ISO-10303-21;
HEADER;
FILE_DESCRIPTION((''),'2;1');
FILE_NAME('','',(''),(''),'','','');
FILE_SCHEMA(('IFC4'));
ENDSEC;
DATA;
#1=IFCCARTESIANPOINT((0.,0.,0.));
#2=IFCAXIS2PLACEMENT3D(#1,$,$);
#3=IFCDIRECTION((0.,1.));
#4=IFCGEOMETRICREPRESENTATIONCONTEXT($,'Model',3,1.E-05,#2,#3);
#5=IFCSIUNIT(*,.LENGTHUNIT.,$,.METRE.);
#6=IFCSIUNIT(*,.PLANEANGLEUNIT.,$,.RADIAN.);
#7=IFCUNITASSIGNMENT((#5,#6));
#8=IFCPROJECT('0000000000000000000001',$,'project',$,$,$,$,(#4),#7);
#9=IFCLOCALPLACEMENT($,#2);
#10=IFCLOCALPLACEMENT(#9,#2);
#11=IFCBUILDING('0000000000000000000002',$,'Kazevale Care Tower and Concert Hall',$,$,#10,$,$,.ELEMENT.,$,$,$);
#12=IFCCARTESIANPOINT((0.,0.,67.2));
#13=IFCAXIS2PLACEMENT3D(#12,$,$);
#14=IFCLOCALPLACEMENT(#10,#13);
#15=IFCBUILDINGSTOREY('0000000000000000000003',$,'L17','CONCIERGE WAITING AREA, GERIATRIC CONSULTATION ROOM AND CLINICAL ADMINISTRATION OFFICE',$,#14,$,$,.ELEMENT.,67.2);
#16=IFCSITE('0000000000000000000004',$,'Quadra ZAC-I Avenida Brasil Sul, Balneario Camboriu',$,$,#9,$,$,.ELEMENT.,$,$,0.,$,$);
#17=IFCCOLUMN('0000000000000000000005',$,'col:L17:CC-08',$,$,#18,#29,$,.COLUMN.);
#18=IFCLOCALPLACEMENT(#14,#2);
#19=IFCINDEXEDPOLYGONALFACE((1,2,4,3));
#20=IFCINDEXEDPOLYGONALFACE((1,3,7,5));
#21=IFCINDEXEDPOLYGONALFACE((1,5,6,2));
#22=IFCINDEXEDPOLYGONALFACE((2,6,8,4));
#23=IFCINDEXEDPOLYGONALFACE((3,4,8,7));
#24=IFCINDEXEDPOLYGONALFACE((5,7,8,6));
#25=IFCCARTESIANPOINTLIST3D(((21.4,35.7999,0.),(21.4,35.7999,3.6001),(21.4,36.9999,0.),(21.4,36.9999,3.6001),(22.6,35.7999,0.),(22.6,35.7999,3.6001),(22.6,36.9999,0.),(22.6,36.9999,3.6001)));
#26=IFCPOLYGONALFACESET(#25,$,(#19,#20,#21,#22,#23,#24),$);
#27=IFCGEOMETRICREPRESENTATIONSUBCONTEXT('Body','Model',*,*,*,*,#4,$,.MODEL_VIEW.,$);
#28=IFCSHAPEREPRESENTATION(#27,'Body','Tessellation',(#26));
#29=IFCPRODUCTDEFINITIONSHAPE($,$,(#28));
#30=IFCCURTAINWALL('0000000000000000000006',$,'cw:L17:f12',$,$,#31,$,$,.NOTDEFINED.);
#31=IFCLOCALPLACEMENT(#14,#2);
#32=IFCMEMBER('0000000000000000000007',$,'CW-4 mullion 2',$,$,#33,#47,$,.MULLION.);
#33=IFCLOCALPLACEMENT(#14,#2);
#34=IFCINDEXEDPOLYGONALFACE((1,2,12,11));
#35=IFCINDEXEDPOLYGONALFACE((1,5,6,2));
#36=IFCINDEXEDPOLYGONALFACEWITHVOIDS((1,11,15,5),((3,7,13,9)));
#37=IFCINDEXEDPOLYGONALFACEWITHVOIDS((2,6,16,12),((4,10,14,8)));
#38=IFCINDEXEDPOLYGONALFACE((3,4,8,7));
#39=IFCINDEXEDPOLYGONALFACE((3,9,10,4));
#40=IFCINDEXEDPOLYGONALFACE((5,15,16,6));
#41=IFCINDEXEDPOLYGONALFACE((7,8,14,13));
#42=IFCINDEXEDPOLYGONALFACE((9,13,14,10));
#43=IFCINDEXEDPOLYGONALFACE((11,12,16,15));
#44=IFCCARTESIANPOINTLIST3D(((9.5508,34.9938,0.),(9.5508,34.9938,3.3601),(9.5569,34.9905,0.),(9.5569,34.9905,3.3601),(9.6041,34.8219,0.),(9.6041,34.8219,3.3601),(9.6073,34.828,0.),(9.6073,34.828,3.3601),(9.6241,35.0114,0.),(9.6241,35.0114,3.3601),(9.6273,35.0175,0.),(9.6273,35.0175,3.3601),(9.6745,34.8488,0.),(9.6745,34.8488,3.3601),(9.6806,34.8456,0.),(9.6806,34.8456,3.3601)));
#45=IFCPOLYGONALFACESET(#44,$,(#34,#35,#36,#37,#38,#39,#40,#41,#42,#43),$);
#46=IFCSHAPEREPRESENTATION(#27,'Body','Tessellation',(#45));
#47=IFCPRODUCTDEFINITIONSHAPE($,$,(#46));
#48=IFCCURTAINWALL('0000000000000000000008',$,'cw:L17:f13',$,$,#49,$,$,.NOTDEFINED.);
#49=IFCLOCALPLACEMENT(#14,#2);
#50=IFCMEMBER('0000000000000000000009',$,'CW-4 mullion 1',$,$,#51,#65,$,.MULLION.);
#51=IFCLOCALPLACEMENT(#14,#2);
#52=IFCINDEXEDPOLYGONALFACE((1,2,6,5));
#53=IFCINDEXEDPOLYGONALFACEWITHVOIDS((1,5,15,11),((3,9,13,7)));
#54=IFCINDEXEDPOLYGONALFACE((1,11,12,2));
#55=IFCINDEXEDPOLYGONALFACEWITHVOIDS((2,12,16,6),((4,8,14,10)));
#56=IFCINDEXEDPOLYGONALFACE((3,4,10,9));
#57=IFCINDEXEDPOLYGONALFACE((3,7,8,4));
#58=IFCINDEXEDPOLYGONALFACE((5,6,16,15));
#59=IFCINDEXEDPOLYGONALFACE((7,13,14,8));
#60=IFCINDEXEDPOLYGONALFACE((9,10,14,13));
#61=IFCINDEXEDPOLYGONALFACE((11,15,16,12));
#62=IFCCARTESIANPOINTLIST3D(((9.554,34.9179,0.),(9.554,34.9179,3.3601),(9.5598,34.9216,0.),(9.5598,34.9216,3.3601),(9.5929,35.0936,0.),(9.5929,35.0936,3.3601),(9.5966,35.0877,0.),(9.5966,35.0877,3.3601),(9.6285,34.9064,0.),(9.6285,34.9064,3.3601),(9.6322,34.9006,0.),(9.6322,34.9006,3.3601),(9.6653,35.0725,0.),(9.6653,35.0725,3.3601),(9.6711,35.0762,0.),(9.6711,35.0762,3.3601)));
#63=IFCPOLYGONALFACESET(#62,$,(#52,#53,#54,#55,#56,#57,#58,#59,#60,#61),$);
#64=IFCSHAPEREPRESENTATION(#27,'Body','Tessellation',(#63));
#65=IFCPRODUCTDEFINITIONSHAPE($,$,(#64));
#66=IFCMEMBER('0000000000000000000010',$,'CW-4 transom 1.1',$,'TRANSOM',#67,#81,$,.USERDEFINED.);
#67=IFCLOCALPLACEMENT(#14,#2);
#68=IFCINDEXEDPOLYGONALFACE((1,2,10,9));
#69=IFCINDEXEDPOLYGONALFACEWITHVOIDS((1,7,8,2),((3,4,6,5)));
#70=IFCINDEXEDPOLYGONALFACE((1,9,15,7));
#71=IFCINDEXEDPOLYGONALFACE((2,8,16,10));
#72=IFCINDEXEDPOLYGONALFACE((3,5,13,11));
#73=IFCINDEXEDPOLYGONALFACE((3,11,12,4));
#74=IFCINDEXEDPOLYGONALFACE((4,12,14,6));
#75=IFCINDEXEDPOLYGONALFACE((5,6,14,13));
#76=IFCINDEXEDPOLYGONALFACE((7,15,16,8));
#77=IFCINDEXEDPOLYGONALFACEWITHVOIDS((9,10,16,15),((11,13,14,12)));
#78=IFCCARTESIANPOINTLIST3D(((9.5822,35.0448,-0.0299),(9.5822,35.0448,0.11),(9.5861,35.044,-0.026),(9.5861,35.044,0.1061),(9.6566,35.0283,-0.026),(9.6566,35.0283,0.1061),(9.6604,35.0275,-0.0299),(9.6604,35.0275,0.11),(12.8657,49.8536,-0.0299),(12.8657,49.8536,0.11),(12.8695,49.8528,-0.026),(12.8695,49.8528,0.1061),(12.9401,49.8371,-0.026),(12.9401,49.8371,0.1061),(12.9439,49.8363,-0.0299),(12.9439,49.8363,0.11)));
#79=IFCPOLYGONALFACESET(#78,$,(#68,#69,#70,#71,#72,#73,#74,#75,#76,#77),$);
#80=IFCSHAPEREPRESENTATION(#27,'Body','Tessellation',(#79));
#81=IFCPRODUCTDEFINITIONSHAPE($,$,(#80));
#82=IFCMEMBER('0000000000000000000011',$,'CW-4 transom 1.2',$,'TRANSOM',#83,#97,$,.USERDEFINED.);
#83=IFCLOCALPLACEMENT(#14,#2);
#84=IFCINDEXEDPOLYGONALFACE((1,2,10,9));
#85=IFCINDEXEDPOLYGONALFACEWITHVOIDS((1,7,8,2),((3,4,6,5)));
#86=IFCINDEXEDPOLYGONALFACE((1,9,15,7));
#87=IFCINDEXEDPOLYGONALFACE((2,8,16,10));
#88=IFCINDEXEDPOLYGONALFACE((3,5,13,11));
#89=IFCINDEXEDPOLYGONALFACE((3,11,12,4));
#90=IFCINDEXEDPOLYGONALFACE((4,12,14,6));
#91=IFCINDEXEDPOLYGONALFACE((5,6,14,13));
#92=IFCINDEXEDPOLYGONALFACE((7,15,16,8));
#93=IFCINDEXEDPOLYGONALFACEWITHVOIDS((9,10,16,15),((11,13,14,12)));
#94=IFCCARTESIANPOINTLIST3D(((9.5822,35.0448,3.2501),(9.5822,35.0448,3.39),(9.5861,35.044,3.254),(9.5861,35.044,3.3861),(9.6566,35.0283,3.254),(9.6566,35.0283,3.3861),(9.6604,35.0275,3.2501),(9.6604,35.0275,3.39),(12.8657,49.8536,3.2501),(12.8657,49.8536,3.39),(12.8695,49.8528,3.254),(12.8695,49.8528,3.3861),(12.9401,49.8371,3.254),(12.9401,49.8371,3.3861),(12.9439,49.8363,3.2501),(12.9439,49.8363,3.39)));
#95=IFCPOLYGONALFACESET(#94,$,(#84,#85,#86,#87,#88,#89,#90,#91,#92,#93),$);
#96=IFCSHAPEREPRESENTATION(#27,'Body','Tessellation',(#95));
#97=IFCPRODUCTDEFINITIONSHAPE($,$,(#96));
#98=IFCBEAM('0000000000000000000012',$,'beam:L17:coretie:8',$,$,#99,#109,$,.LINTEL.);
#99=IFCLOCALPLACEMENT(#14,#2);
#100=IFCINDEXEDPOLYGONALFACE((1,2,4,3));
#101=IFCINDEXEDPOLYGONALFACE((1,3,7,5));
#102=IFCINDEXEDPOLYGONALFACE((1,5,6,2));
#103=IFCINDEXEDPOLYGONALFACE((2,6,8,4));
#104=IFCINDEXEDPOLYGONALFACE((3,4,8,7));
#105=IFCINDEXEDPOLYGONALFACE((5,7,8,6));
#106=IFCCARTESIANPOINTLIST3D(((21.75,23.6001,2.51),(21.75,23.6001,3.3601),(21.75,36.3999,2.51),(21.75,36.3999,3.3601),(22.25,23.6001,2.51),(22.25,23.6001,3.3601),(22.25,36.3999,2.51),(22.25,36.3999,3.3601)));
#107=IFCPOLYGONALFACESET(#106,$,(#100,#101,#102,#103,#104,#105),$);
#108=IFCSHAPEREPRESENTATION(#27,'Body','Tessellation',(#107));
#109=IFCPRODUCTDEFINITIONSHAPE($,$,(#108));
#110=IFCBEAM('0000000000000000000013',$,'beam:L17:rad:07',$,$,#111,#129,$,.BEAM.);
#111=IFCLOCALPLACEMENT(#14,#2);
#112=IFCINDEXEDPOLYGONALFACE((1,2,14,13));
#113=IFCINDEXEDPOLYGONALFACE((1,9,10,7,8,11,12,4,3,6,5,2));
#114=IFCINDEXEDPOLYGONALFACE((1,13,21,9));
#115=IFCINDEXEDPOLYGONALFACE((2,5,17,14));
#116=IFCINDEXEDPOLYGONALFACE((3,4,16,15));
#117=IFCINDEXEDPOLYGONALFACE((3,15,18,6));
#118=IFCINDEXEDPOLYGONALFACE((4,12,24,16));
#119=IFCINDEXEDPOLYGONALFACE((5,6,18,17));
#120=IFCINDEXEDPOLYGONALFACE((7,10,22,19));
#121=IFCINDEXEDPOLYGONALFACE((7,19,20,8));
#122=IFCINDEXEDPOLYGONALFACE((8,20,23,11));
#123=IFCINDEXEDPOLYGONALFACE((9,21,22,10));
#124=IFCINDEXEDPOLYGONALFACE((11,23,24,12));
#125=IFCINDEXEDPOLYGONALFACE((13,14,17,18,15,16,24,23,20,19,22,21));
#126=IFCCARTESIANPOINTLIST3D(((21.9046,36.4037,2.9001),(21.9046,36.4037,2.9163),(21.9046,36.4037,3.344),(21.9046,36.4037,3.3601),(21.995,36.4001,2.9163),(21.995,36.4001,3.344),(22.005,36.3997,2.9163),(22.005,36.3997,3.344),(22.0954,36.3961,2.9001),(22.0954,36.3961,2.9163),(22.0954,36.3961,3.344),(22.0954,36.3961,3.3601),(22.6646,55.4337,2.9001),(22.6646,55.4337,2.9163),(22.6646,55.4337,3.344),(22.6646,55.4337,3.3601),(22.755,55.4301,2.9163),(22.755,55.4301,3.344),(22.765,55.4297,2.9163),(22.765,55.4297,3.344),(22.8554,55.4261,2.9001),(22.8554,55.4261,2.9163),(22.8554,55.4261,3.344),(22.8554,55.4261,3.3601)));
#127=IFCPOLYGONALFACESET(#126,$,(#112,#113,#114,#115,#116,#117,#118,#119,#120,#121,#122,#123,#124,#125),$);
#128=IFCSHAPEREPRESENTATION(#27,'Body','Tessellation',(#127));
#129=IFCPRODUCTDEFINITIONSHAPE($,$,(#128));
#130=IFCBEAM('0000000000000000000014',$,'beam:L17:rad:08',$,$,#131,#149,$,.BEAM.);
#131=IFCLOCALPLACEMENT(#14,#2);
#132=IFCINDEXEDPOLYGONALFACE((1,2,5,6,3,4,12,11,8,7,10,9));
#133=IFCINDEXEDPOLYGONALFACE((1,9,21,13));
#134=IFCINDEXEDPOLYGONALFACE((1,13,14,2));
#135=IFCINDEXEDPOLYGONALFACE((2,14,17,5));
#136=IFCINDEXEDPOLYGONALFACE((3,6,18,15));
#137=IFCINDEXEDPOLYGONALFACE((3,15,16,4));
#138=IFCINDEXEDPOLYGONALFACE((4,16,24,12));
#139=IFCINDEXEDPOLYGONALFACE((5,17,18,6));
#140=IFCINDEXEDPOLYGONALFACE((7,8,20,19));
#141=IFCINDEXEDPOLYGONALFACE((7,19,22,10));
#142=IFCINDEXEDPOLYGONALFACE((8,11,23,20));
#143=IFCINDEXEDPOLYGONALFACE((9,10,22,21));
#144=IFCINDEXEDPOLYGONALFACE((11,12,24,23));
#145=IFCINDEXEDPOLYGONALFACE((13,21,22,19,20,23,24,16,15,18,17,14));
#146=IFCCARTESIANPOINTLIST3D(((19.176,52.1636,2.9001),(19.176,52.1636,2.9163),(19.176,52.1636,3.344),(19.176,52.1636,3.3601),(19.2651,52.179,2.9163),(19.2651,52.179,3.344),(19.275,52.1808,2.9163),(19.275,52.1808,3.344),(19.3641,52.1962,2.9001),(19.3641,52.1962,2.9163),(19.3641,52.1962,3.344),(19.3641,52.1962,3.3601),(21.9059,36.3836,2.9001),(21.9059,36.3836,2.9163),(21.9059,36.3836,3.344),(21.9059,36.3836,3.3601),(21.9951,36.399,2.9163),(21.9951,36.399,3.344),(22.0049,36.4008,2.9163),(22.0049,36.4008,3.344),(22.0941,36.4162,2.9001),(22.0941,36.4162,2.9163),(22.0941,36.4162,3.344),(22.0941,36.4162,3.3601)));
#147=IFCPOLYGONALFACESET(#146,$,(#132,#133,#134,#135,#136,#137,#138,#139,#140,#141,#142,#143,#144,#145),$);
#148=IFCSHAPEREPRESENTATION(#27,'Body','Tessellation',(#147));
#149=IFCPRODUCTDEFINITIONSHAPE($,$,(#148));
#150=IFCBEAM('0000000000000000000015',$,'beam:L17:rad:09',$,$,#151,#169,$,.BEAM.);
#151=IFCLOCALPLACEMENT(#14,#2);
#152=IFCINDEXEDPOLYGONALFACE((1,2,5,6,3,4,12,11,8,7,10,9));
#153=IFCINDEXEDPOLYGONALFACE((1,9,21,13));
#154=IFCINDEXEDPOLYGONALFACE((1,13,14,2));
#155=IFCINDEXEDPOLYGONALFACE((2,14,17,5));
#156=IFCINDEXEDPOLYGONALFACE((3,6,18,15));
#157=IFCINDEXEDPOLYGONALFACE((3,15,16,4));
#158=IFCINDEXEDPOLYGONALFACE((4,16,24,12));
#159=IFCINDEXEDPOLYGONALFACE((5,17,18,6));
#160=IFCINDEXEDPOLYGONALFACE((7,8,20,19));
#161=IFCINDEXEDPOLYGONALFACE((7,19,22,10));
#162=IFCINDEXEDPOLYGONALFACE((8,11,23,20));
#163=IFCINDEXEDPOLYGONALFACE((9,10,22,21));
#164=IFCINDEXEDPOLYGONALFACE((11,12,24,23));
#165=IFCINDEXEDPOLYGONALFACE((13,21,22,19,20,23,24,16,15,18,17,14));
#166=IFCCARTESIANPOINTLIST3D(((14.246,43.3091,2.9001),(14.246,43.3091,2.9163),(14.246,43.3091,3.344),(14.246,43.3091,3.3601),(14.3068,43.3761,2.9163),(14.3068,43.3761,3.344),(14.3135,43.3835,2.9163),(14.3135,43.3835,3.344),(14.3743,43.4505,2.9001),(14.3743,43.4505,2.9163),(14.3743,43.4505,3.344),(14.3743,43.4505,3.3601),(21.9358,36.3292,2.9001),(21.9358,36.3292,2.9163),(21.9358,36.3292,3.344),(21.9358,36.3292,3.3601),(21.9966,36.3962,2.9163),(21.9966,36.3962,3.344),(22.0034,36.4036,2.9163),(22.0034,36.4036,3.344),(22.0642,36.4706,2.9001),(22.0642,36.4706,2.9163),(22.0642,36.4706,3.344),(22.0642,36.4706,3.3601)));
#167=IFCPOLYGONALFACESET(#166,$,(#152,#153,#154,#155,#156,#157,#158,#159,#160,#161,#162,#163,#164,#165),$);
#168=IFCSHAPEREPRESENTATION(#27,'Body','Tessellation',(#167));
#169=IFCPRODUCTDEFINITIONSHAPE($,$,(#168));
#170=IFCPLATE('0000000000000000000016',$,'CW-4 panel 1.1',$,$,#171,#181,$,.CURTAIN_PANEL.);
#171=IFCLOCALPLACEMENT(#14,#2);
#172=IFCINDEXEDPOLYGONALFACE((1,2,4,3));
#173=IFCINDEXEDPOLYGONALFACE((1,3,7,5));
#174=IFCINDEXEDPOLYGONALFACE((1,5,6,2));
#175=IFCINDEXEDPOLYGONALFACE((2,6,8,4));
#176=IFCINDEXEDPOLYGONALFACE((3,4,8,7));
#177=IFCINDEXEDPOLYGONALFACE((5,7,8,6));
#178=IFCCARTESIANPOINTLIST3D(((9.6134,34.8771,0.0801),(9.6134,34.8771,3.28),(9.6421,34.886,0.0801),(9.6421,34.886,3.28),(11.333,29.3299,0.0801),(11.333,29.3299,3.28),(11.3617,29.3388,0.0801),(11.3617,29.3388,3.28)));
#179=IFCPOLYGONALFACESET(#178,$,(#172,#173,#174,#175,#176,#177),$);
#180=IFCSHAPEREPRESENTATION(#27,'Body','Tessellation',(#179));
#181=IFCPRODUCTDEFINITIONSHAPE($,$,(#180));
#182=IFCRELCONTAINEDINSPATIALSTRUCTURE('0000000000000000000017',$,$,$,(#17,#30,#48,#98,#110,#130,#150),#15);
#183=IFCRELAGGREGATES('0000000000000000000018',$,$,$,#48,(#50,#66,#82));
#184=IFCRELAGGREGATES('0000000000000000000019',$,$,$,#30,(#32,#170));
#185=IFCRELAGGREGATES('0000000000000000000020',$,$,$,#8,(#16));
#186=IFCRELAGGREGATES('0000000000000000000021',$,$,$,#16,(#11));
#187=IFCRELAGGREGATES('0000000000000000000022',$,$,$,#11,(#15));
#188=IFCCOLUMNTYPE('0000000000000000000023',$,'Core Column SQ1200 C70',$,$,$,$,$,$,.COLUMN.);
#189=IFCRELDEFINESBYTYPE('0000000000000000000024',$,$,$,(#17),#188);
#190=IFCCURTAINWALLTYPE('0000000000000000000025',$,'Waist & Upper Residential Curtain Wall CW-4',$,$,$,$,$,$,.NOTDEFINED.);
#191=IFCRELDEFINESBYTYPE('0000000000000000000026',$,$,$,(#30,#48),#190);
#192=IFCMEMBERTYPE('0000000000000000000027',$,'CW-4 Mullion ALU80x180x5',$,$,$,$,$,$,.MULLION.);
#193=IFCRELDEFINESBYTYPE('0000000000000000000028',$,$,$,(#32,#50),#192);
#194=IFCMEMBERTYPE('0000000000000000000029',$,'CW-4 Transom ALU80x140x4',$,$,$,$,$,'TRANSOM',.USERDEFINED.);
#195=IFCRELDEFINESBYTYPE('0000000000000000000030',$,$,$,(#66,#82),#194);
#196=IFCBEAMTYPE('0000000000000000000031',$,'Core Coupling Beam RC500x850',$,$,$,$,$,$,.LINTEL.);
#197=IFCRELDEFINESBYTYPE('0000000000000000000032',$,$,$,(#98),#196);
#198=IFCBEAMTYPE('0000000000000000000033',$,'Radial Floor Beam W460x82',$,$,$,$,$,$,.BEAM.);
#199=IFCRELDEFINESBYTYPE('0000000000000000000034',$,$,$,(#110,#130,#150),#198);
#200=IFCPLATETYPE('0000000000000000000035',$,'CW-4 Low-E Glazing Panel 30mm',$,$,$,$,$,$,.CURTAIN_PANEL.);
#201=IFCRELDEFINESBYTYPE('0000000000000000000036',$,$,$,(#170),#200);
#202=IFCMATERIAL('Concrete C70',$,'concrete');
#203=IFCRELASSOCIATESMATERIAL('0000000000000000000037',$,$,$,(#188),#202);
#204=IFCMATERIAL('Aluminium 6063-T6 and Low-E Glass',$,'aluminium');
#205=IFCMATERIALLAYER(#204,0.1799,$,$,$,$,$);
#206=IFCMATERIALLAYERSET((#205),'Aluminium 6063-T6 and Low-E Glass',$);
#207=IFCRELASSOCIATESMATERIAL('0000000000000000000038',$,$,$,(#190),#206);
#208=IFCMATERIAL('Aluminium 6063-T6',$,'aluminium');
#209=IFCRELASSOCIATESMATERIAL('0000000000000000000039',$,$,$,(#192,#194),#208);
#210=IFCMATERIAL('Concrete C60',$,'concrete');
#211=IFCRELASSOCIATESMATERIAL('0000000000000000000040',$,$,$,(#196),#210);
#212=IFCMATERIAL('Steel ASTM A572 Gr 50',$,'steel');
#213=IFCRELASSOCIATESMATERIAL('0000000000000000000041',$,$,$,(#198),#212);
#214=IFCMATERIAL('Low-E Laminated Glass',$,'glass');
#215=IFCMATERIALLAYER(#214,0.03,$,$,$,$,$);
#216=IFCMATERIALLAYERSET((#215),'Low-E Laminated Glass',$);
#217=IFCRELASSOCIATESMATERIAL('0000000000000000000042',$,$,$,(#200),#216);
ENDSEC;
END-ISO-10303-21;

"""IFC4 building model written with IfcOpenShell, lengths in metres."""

from ifc_helpers import new_model, si_unit, direction, frame, origin, origin_2d, place, context, subcontext, project, spatial, rectangle, hollow_rectangle, i_section, extrude, material, layer, layer_set, material_profile, profile_set, type_object, element, aggregate, save


model = new_model("IFC4")

# Units and contexts
model_context = context("Model", 3, precision=1e-05, world=origin(), true_north=direction((0.0, 1.0)))
body_context = subcontext(model_context, "Body", "Model", "MODEL_VIEW")
ifc_project = project(units=[si_unit("LENGTHUNIT", "METRE"), si_unit("PLANEANGLEUNIT", "RADIAN")], contexts=[model_context])

# Site, building, storey
site_placement = place(None, origin())
site = spatial("IfcSite", under=ifc_project, at=site_placement, Name="Quadra ZAC-I Avenida Brasil Sul, Balneario Camboriu", CompositionType="ELEMENT", RefElevation=0.0)
building_placement = place(site_placement, origin())
building = spatial("IfcBuilding", under=site, at=building_placement, Name="Kazevale Care Tower and Concert Hall", CompositionType="ELEMENT")
storey_placement = place(building_placement, frame((0.0, 0.0, 67.2)))
storey = spatial("IfcBuildingStorey", under=building, at=storey_placement, Name="L17", Description="CONCIERGE WAITING AREA, GERIATRIC CONSULTATION ROOM AND CLINICAL ADMINISTRATION OFFICE", CompositionType="ELEMENT", Elevation=67.2)

# Column
ifc_material_1 = material(Name="Concrete C70", Category="concrete")
ifc_material_profile_1 = material_profile(ifc_material_1, rectangle(XDim=1.2, YDim=1.2, at=origin_2d()), Name="RC-SQ1200")
ifc_profile_set_1 = profile_set([ifc_material_profile_1], Name="Concrete C70")
column_type = type_object("IfcColumnType", Name="Core Column SQ1200 C70", PredefinedType="COLUMN", material=ifc_profile_set_1)
column_placement = place(storey_placement, frame((22.0, 36.3999, 0.0), z_axis=(0.0, 0.0, 1.0), x_axis=(1.0, 0.0, 0.0)))
element("IfcColumn", 1, at=column_placement, inside=storey, type_object=column_type, Name="col:L17:CC-08", PredefinedType="COLUMN", context=body_context, shape_type="SweptSolid", body=[
    extrude(rectangle(XDim=1.2, YDim=1.2, at=origin_2d()), origin(), (0.0, 0.0, 1.0), 3.6001),
])

# Curtain wall, member
ifc_material_2 = material(Name="Aluminium 6063-T6 and Low-E Glass", Category="aluminium")
ifc_layer_1 = layer(ifc_material_2, 0.1799)
ifc_layer_set_1 = layer_set([ifc_layer_1], Name="Aluminium 6063-T6 and Low-E Glass")
curtain_wall_type = type_object("IfcCurtainWallType", Name="Waist & Upper Residential Curtain Wall CW-4", PredefinedType="NOTDEFINED", material=ifc_layer_set_1)
curtain_wall_1_placement = place(storey_placement, origin())
curtain_wall_1 = element("IfcCurtainWall", 2, at=curtain_wall_1_placement, inside=storey, type_object=curtain_wall_type, Name="cw:L17:f12", PredefinedType="NOTDEFINED")
ifc_material_3 = material(Name="Aluminium 6063-T6", Category="aluminium")
ifc_material_profile_2 = material_profile(ifc_material_3, hollow_rectangle(XDim=0.0801, YDim=0.1799, WallThickness=0.0049, at=origin_2d()), Name="ALU80x180x5")
ifc_profile_set_2 = profile_set([ifc_material_profile_2], Name="Aluminium 6063-T6")
member_type_1 = type_object("IfcMemberType", Name="CW-4 Mullion ALU80x180x5", PredefinedType="MULLION", material=ifc_profile_set_2)
member_1_placement = place(storey_placement, frame((9.6157, 34.9197, 0.0), z_axis=(0.0, 0.0, 1.0), x_axis=(-0.955157, -0.296099, 0.0)))
member_1 = element("IfcMember", 3, at=member_1_placement, type_object=member_type_1, Name="CW-4 mullion 2", PredefinedType="MULLION", context=body_context, shape_type="SweptSolid", body=[
    extrude(hollow_rectangle(XDim=0.0801, YDim=0.1799, WallThickness=0.0049, at=origin_2d()), origin(), (0.0, 0.0, 1.0), 3.3601),
])

# Curtain wall, members
curtain_wall_2_placement = place(storey_placement, origin())
curtain_wall_2 = element("IfcCurtainWall", 4, at=curtain_wall_2_placement, inside=storey, type_object=curtain_wall_type, Name="cw:L17:f13", PredefinedType="NOTDEFINED")
member_2_placement = place(storey_placement, frame((9.6125, 34.9971, 0.0), z_axis=(0.0, 0.0, 1.0), x_axis=(-0.976291, 0.216461, 0.0)))
member_2 = element("IfcMember", 5, at=member_2_placement, type_object=member_type_1, Name="CW-4 mullion 1", PredefinedType="MULLION", context=body_context, shape_type="SweptSolid", body=[
    extrude(hollow_rectangle(XDim=0.0801, YDim=0.1799, WallThickness=0.0049, at=origin_2d()), origin(), (0.0, 0.0, 1.0), 3.3601),
])
ifc_material_profile_3 = material_profile(ifc_material_3, hollow_rectangle(XDim=0.0801, YDim=0.1399, WallThickness=0.0039, at=origin_2d()), Name="ALU80x140x4")
ifc_profile_set_3 = profile_set([ifc_material_profile_3], Name="Aluminium 6063-T6")
member_type_2 = type_object("IfcMemberType", Name="CW-4 Transom ALU80x140x4", ElementType="TRANSOM", PredefinedType="USERDEFINED", material=ifc_profile_set_3)
member_3_placement = place(storey_placement, frame((9.6213, 35.0361, 0.04), z_axis=(0.216465, 0.97629, 0.0), x_axis=(-0.97629, 0.216465, 0.0)))
member_3 = element("IfcMember", 6, at=member_3_placement, type_object=member_type_2, Name="CW-4 transom 1.1", ObjectType="TRANSOM", PredefinedType="USERDEFINED", context=body_context, shape_type="SweptSolid", body=[
    extrude(hollow_rectangle(XDim=0.0801, YDim=0.1399, WallThickness=0.0039, at=origin_2d()), origin(), (0.0, 0.0, 1.0), 15.1685),
])
member_4_placement = place(storey_placement, frame((9.6213, 35.0361, 3.3201), z_axis=(0.216465, 0.97629, 0.0), x_axis=(-0.97629, 0.216465, 0.0)))
member_4 = element("IfcMember", 7, at=member_4_placement, type_object=member_type_2, Name="CW-4 transom 1.2", ObjectType="TRANSOM", PredefinedType="USERDEFINED", context=body_context, shape_type="SweptSolid", body=[
    extrude(hollow_rectangle(XDim=0.0801, YDim=0.1399, WallThickness=0.0039, at=origin_2d()), origin(), (0.0, 0.0, 1.0), 15.1685),
])
aggregate(curtain_wall_2, [member_2, member_3, member_4])

# Beams
ifc_material_4 = material(Name="Concrete C60", Category="concrete")
ifc_material_profile_4 = material_profile(ifc_material_4, rectangle(XDim=0.5, YDim=0.8501, at=origin_2d()), Name="RC-B500x850")
ifc_profile_set_4 = profile_set([ifc_material_profile_4], Name="Concrete C60")
beam_type_1 = type_object("IfcBeamType", Name="Core Coupling Beam RC500x850", PredefinedType="LINTEL", material=ifc_profile_set_4)
beam_1_placement = place(storey_placement, frame((22.0, 36.3999, 2.9351), z_axis=(0.0, -1.0, 0.0), x_axis=(1.0, 0.0, 0.0)))
element("IfcBeam", 8, at=beam_1_placement, inside=storey, type_object=beam_type_1, Name="beam:L17:coretie:8", PredefinedType="LINTEL", context=body_context, shape_type="SweptSolid", body=[
    extrude(rectangle(XDim=0.5, YDim=0.8501, at=origin_2d()), origin(), (0.0, 0.0, 1.0), 12.7998),
])
ifc_material_5 = material(Name="Steel ASTM A572 Gr 50", Category="steel")
ifc_material_profile_5 = material_profile(ifc_material_5, i_section(OverallWidth=0.1909, OverallDepth=0.46, WebThickness=0.01, FlangeThickness=0.0161, at=origin_2d()), Name="W460x82")
ifc_profile_set_5 = profile_set([ifc_material_profile_5], Name="Steel ASTM A572 Gr 50")
beam_type_2 = type_object("IfcBeamType", Name="Radial Floor Beam W460x82", PredefinedType="BEAM", material=ifc_profile_set_5)
beam_2_placement = place(storey_placement, frame((22.0, 36.3999, 3.1301), z_axis=(0.039906, 0.999203, 0.0), x_axis=(-0.999203, 0.039906, 0.0)))
element("IfcBeam", 9, at=beam_2_placement, inside=storey, type_object=beam_type_2, Name="beam:L17:rad:07", PredefinedType="BEAM", context=body_context, shape_type="SweptSolid", body=[
    extrude(i_section(OverallWidth=0.1909, OverallDepth=0.46, WebThickness=0.01, FlangeThickness=0.0161, at=origin_2d()), origin(), (0.0, 0.0, 1.0), 19.0452),
])
beam_3_placement = place(storey_placement, frame((22.0, 36.3999, 3.1301), z_axis=(-0.17047, 0.985363, 0.0), x_axis=(-0.985363, -0.17047, 0.0)))
element("IfcBeam", 10, at=beam_3_placement, inside=storey, type_object=beam_type_2, Name="beam:L17:rad:08", PredefinedType="BEAM", context=body_context, shape_type="SweptSolid", body=[
    extrude(i_section(OverallWidth=0.1909, OverallDepth=0.46, WebThickness=0.01, FlangeThickness=0.0161, at=origin_2d()), origin(), (0.0, 0.0, 1.0), 16.0144),
])
beam_4_placement = place(storey_placement, frame((22.0, 36.3999, 3.1301), z_axis=(-0.740461, 0.672099, 0.0), x_axis=(-0.672099, -0.740461, 0.0)))
element("IfcBeam", 11, at=beam_4_placement, inside=storey, type_object=beam_type_2, Name="beam:L17:rad:09", PredefinedType="BEAM", context=body_context, shape_type="SweptSolid", body=[
    extrude(i_section(OverallWidth=0.1909, OverallDepth=0.46, WebThickness=0.01, FlangeThickness=0.0161, at=origin_2d()), origin(), (0.0, 0.0, 1.0), 10.3853),
])

# Plate
ifc_material_6 = material(Name="Low-E Laminated Glass", Category="glass")
ifc_layer_2 = layer(ifc_material_6, 0.03)
ifc_layer_set_2 = layer_set([ifc_layer_2], Name="Low-E Laminated Glass")
plate_type = type_object("IfcPlateType", Name="CW-4 Low-E Glazing Panel 30mm", PredefinedType="CURTAIN_PANEL", material=ifc_layer_set_2)
plate_placement = place(storey_placement, frame((10.4875, 32.1079, 0.0801), z_axis=(0.0, 0.0, 1.0), x_axis=(-0.296099, 0.955157, 0.0)))
plate = element("IfcPlate", 12, at=plate_placement, type_object=plate_type, Name="CW-4 panel 1.1", PredefinedType="CURTAIN_PANEL", context=body_context, shape_type="SweptSolid", body=[
    extrude(rectangle(XDim=5.8076, YDim=0.03, at=origin_2d()), origin(), (0.0, 0.0, 1.0), 3.2),
])
aggregate(curtain_wall_1, [member_1, plate])

save(model, "model.ifc")
